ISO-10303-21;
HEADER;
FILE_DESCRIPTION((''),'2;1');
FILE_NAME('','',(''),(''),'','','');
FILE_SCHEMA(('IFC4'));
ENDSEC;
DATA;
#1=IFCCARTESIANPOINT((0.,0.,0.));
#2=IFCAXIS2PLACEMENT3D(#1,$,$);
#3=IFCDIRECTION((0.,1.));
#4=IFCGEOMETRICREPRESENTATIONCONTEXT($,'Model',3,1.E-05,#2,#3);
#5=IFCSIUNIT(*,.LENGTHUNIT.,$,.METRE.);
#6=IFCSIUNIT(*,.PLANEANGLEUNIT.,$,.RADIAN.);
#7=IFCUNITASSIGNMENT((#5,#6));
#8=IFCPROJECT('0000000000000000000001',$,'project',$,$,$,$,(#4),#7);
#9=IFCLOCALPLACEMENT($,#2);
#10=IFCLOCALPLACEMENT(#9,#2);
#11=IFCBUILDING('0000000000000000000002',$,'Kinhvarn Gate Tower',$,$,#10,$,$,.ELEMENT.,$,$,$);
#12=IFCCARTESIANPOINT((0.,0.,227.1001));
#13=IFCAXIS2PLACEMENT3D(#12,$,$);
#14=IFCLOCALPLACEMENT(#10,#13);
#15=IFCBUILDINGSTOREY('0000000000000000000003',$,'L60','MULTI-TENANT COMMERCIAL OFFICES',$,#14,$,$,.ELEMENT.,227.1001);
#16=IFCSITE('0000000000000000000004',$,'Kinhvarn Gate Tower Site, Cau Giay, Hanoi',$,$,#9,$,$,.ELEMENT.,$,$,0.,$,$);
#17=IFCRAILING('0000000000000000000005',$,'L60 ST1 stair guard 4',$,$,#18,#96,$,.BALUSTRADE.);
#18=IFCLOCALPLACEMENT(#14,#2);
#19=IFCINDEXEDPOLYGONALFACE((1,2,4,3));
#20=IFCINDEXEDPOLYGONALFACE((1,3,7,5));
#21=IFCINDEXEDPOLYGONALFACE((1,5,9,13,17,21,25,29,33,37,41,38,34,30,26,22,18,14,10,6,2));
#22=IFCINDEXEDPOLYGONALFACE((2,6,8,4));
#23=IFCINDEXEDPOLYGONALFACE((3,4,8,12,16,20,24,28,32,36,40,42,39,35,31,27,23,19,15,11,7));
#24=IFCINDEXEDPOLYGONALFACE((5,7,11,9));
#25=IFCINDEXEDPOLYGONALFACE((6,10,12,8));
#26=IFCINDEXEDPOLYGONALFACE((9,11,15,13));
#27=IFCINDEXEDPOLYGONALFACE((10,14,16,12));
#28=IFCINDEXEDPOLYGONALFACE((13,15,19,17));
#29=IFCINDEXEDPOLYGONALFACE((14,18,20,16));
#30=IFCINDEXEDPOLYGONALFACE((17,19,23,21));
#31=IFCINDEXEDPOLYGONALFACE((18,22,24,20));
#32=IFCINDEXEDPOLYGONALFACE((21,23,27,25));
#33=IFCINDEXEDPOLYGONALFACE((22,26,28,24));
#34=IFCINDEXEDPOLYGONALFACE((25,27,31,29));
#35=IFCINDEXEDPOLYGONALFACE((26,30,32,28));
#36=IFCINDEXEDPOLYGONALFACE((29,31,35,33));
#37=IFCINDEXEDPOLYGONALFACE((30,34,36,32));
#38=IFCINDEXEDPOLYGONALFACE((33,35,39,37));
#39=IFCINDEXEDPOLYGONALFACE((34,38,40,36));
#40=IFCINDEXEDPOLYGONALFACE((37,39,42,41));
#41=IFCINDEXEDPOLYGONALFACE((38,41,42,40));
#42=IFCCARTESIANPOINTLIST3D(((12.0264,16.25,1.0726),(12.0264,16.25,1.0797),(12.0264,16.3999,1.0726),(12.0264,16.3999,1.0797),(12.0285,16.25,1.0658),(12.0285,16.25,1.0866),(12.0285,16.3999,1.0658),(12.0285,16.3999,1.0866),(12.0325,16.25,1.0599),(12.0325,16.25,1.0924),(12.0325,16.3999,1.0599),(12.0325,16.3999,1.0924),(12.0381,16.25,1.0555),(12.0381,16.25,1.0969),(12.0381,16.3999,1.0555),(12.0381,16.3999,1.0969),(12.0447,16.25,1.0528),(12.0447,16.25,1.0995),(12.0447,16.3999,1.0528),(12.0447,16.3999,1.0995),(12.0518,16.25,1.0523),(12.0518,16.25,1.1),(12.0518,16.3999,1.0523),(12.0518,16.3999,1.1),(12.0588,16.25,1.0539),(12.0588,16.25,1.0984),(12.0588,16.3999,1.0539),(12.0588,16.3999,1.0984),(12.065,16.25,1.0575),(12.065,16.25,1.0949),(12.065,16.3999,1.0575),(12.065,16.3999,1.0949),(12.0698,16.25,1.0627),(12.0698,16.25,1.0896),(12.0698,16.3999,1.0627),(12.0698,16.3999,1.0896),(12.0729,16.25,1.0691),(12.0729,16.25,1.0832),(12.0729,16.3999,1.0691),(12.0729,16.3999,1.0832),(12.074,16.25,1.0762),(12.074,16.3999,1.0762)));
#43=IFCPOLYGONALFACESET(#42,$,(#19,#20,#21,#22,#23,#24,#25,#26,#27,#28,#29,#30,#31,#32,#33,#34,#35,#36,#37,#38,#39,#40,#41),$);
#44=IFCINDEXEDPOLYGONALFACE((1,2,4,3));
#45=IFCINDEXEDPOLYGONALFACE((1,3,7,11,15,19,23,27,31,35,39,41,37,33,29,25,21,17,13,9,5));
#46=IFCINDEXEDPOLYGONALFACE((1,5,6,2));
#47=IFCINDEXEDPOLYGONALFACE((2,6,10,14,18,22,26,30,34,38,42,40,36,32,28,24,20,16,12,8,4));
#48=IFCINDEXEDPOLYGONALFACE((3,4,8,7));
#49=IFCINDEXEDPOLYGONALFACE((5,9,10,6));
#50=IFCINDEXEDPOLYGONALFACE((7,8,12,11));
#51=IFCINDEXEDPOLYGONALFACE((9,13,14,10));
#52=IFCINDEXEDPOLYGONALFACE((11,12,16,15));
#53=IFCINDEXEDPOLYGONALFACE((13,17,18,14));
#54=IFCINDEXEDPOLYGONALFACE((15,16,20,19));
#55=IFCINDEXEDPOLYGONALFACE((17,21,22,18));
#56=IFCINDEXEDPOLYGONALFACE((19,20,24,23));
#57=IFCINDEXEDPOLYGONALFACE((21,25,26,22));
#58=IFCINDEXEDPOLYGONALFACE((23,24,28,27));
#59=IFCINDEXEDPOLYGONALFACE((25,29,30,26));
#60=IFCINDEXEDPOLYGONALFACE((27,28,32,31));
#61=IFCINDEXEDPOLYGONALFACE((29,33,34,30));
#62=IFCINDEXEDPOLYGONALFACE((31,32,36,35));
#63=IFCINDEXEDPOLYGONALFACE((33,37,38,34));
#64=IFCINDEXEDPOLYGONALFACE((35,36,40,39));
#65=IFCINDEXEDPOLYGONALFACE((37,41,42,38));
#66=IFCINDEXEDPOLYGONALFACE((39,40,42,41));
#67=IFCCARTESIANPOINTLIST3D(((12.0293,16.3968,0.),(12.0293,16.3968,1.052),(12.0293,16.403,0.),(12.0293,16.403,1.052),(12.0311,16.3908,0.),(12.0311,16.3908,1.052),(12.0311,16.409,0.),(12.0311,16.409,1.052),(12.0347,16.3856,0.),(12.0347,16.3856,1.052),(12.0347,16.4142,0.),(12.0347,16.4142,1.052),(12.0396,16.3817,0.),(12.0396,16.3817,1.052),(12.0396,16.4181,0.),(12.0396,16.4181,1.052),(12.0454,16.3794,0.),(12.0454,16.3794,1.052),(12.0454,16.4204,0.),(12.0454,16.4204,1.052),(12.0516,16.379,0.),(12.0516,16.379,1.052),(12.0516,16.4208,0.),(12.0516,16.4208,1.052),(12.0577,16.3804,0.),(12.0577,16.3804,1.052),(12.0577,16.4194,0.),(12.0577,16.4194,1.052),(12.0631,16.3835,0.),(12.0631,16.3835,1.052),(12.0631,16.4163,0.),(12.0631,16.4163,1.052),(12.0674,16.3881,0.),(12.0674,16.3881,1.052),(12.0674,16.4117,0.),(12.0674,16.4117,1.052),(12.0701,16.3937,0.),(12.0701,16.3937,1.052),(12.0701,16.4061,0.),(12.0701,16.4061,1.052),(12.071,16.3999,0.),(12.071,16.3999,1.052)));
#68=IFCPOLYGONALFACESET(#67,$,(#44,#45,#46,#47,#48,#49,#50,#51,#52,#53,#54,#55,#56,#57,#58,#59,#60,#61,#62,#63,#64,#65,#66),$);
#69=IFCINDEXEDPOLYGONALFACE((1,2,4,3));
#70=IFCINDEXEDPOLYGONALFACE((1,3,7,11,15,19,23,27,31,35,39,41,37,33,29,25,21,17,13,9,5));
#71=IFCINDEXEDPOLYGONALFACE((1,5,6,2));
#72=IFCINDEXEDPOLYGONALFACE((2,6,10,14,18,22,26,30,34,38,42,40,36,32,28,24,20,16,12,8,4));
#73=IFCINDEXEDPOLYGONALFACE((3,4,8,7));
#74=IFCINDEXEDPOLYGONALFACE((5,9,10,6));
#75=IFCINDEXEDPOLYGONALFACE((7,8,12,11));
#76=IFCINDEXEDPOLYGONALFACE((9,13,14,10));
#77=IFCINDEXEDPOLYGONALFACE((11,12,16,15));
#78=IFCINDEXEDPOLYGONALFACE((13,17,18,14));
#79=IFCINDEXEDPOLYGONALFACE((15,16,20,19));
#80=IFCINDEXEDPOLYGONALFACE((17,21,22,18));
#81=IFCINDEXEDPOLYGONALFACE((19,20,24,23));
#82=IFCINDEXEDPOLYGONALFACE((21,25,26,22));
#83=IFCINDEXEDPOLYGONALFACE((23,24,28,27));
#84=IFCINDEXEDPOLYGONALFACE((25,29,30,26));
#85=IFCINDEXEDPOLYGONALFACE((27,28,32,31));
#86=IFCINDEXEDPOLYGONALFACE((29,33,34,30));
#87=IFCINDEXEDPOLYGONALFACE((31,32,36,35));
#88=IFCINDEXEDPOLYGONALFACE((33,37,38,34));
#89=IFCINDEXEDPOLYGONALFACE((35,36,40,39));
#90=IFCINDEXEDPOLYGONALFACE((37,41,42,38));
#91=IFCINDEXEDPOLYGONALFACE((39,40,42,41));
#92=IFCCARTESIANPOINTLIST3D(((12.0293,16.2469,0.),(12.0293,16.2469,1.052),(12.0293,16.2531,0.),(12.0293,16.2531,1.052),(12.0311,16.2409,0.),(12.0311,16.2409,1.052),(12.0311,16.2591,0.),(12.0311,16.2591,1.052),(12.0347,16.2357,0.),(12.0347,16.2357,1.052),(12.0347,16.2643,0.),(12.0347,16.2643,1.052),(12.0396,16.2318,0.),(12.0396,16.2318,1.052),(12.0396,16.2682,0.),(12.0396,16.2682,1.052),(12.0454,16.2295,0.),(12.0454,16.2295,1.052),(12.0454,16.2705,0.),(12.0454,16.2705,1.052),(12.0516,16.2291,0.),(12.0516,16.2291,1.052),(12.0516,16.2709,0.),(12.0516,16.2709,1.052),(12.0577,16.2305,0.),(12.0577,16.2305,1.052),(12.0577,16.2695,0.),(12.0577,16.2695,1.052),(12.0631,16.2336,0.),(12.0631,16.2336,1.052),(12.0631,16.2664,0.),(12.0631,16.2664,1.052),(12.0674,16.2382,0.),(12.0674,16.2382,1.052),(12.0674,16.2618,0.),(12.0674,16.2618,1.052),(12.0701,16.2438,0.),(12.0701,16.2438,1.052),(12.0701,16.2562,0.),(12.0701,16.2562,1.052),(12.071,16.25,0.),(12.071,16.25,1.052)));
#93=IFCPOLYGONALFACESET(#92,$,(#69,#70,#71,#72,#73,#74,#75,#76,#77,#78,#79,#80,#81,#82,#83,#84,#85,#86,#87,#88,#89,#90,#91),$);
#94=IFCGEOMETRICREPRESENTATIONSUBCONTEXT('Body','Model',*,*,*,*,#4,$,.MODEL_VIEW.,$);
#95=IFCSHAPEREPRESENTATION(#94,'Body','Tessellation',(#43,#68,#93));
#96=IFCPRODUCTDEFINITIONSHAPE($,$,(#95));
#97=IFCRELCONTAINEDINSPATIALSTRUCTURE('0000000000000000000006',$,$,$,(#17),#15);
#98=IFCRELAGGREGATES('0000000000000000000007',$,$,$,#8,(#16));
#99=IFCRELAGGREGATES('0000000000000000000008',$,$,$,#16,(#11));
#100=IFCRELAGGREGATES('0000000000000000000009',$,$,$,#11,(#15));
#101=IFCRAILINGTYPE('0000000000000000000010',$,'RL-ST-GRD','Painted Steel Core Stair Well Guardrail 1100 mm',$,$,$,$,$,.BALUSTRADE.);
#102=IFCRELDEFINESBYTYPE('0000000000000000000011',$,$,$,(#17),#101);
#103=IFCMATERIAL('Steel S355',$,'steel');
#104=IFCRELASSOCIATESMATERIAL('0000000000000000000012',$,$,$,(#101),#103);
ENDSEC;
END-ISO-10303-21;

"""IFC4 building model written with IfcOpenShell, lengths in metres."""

from ifc_helpers import new_model, si_unit, direction, frame, origin, origin_2d, place, context, subcontext, project, spatial, circle, extrude, material, type_object, element, save


model = new_model("IFC4")

# Units and contexts
model_context = context("Model", 3, precision=1e-05, world=origin(), true_north=direction((0.0, 1.0)))
body_context = subcontext(model_context, "Body", "Model", "MODEL_VIEW")
ifc_project = project(units=[si_unit("LENGTHUNIT", "METRE"), si_unit("PLANEANGLEUNIT", "RADIAN")], contexts=[model_context])

# Site, building, storey
site_placement = place(None, origin())
site = spatial("IfcSite", under=ifc_project, at=site_placement, Name="Kinhvarn Gate Tower Site, Cau Giay, Hanoi", CompositionType="ELEMENT", RefElevation=0.0)
building_placement = place(site_placement, origin())
building = spatial("IfcBuilding", under=site, at=building_placement, Name="Kinhvarn Gate Tower", CompositionType="ELEMENT")
storey_placement = place(building_placement, frame((0.0, 0.0, 227.1001)))
storey = spatial("IfcBuildingStorey", under=building, at=storey_placement, Name="L60", Description="MULTI-TENANT COMMERCIAL OFFICES", CompositionType="ELEMENT", Elevation=227.1001)

# Shared definitions
ifc_material_1 = material(Name="Steel S355", Category="steel")

# Railing
railing_type_1 = type_object("IfcRailingType", Name="RL-ST-GRD", Description="Painted Steel Core Stair Well Guardrail 1100 mm", PredefinedType="BALUSTRADE", material=ifc_material_1)
railing_1_placement = place(storey_placement, frame((12.05, 16.3999, 0.0)))
element("IfcRailing", 1, at=railing_1_placement, inside=storey, type_object=railing_type_1, Name="L60 ST1 stair guard 4", PredefinedType="BALUSTRADE", context=body_context, shape_type="SweptSolid", body=[
    extrude(circle(Radius=0.0239, at=origin_2d()), frame((0.0, 0.0, 1.0762), z_axis=(0.0, -1.0, 0.0), x_axis=(1.0, 0.0, 0.0)), (0.0, 0.0, 1.0), 0.1499),
    extrude(circle(Radius=0.021, at=origin_2d()), origin(), (0.0, 0.0, 1.0), 1.052),
    extrude(circle(Radius=0.021, at=origin_2d()), frame((0.0, -0.1499, 0.0)), (0.0, 0.0, 1.0), 1.052),
])

save(model, "model.ifc")
